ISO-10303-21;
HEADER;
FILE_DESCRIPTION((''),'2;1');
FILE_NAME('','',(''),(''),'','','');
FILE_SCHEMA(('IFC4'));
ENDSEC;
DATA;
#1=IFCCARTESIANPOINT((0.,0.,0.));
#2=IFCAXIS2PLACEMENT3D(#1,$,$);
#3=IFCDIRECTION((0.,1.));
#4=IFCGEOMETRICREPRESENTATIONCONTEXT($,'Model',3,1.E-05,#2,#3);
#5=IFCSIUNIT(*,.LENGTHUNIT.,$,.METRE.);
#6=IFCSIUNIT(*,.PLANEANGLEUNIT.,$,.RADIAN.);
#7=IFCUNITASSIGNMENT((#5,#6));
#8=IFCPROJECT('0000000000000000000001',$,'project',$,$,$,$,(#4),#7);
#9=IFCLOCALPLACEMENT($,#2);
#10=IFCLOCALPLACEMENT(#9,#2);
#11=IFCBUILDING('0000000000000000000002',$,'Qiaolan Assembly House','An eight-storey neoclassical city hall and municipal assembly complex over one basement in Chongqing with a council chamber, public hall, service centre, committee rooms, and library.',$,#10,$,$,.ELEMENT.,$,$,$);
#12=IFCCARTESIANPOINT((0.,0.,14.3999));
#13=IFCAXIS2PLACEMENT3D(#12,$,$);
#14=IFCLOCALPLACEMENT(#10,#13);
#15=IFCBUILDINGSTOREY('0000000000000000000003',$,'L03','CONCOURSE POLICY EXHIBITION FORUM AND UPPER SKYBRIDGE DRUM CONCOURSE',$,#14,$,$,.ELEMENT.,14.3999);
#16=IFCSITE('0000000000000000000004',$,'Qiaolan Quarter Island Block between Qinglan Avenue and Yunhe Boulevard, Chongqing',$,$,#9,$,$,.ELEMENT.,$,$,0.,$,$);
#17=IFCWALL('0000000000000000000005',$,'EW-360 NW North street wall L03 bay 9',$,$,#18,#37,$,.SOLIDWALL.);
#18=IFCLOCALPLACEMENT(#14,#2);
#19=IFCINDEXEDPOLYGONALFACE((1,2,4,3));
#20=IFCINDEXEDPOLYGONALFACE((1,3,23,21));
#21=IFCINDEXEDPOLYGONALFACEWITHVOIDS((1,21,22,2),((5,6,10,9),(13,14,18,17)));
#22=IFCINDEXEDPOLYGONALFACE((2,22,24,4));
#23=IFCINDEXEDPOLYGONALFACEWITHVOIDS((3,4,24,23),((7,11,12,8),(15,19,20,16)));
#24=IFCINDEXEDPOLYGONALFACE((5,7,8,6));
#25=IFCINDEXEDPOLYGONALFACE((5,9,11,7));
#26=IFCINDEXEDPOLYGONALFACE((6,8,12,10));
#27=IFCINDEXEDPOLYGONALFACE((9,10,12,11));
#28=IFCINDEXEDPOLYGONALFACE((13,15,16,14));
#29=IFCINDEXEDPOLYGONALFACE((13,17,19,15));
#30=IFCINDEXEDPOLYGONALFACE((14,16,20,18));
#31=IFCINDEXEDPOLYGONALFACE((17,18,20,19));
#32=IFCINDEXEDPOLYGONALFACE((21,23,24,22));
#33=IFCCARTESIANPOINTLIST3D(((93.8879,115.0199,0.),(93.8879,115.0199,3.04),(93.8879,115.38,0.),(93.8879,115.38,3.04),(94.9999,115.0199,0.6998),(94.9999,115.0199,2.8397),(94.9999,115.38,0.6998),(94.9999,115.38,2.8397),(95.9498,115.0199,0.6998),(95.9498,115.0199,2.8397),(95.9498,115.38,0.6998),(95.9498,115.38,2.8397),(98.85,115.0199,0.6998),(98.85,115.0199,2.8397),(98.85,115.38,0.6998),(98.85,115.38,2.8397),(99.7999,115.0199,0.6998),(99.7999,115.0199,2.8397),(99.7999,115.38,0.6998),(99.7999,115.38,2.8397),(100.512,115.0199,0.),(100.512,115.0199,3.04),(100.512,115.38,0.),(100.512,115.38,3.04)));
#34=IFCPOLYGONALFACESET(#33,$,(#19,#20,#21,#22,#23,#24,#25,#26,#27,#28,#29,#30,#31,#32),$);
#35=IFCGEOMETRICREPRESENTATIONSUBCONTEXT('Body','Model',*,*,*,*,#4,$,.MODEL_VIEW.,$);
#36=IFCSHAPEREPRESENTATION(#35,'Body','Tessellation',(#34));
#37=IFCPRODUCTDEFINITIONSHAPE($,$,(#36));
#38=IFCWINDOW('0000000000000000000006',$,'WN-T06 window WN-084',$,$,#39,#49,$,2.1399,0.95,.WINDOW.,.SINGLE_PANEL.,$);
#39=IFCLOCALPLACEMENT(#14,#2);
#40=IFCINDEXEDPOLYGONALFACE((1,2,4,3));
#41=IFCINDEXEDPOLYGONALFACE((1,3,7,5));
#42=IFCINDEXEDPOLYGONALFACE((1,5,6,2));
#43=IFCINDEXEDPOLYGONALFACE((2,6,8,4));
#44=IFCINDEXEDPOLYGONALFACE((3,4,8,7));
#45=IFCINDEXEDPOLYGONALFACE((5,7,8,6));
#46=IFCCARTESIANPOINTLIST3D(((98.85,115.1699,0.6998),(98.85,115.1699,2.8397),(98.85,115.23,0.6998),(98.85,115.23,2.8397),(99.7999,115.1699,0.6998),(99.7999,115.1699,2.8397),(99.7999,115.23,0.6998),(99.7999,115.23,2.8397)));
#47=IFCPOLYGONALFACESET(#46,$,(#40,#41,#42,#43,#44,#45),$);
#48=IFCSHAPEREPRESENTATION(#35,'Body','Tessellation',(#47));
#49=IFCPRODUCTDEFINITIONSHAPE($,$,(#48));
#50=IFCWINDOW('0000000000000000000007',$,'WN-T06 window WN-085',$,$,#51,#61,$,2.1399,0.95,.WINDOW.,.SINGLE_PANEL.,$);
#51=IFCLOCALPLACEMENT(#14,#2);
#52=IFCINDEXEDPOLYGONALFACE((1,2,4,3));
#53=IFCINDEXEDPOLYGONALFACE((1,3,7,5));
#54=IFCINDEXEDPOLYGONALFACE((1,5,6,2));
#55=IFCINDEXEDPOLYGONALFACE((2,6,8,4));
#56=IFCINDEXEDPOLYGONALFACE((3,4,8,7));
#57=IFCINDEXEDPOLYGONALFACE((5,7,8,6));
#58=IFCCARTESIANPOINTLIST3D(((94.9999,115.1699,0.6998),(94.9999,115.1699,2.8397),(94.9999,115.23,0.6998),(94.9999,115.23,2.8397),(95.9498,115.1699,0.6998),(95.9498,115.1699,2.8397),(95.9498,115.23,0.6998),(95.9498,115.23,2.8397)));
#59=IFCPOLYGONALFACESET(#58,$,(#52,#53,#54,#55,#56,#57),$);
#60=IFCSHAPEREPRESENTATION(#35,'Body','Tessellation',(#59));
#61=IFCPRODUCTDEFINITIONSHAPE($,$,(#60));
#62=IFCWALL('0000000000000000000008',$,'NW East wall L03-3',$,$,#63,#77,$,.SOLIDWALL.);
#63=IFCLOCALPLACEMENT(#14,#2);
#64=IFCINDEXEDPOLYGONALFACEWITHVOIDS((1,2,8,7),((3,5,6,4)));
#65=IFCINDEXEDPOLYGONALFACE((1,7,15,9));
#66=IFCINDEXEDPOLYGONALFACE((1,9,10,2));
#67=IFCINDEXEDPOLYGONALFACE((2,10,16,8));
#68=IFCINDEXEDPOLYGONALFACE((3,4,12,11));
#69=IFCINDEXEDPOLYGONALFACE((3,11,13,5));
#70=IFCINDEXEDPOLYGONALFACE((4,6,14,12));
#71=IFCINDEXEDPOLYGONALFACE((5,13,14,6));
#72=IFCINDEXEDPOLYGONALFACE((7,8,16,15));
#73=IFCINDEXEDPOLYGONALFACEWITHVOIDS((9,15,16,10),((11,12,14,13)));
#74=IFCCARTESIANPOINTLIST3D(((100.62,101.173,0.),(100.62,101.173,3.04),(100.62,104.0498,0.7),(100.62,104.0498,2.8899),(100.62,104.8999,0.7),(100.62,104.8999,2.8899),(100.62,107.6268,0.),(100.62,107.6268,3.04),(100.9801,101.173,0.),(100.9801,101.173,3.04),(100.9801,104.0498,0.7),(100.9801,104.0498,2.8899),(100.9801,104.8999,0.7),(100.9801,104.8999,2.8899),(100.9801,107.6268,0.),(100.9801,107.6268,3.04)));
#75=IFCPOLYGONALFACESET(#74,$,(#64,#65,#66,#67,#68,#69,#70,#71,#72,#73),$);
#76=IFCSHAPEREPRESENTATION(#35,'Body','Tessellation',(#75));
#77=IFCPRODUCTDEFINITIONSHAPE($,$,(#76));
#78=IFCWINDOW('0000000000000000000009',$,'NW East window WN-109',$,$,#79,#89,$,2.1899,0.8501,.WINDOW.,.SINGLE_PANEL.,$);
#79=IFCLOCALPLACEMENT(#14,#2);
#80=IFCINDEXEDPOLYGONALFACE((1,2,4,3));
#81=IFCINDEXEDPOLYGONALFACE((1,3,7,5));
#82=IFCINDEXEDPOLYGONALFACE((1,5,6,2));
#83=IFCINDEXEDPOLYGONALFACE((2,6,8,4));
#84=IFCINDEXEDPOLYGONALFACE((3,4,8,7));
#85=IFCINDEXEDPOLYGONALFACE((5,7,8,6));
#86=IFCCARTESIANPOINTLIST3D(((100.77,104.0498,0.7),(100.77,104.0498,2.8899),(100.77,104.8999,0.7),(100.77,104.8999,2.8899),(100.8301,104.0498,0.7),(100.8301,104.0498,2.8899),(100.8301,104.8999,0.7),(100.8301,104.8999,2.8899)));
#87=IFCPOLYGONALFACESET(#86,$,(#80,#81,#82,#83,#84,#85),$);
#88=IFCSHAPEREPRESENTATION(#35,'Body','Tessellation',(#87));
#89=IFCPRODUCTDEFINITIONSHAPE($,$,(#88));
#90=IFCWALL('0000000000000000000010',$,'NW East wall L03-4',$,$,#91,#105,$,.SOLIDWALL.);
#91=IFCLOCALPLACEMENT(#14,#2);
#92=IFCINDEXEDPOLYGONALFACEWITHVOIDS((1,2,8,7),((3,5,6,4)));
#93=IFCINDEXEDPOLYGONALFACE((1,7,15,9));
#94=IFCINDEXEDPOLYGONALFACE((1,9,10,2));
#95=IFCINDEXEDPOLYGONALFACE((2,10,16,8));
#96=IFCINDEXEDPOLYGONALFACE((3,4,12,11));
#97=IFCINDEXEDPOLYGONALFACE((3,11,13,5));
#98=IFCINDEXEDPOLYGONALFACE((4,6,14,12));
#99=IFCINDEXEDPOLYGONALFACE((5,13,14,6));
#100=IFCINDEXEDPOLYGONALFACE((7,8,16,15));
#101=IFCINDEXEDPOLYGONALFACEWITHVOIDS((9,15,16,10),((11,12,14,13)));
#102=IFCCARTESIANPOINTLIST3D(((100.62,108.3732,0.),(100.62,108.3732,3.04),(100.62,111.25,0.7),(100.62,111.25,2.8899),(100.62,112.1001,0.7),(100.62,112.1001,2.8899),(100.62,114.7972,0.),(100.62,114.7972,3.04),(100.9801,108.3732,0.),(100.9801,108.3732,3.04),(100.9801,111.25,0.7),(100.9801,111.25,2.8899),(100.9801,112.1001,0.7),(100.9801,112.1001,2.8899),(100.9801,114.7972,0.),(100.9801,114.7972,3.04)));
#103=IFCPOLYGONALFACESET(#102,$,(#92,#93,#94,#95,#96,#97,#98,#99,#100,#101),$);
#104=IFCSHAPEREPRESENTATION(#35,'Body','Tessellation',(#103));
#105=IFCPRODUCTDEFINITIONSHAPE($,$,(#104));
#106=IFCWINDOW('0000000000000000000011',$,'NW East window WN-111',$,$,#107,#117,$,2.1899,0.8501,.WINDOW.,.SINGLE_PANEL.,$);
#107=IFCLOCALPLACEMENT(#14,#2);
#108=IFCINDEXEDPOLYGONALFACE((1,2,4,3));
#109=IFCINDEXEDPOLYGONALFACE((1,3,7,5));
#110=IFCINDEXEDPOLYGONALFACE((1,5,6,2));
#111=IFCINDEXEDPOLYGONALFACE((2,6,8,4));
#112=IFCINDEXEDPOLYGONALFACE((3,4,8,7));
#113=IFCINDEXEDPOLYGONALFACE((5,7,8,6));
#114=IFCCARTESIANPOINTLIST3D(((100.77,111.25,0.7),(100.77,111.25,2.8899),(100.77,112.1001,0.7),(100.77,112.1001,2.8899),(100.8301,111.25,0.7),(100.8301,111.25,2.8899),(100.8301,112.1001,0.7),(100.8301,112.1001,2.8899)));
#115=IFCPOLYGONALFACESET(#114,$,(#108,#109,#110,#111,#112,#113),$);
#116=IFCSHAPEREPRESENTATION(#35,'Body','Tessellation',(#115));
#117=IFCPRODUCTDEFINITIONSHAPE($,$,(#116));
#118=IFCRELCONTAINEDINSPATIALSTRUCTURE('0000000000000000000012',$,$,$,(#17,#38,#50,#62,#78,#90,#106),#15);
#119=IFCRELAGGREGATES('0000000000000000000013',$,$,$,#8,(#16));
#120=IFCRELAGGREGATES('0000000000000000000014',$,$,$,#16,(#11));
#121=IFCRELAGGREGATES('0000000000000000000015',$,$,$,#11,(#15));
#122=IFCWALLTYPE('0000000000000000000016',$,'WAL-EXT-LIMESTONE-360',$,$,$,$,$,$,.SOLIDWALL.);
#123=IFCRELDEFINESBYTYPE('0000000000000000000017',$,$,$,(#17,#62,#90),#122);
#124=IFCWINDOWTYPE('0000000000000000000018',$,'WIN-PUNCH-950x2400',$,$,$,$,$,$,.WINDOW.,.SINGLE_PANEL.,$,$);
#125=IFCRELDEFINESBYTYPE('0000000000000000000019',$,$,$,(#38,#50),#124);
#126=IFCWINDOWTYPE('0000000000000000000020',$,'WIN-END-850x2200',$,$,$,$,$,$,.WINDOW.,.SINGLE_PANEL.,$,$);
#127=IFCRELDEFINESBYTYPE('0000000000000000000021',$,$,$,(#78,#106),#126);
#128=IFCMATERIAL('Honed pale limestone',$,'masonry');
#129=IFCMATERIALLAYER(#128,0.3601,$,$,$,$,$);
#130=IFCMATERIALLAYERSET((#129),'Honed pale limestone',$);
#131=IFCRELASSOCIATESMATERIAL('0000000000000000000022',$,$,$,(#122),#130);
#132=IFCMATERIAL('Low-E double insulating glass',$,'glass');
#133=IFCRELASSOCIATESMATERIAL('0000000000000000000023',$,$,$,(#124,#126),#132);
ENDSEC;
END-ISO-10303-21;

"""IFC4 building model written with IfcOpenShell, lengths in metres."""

from ifc_helpers import new_model, si_unit, direction, frame, frame_2d, origin, place, context, subcontext, project, spatial, rectangle, extrude, material, layer, layer_set, type_object, element, fill, save


model = new_model("IFC4")

# Units and contexts
model_context = context("Model", 3, precision=1e-05, world=origin(), true_north=direction((0.0, 1.0)))
body_context = subcontext(model_context, "Body", "Model", "MODEL_VIEW")
ifc_project = project(units=[si_unit("LENGTHUNIT", "METRE"), si_unit("PLANEANGLEUNIT", "RADIAN")], contexts=[model_context])

# Site, building, storey
site_placement = place(None, origin())
site = spatial("IfcSite", under=ifc_project, at=site_placement, Name="Qiaolan Quarter Island Block between Qinglan Avenue and Yunhe Boulevard, Chongqing", CompositionType="ELEMENT", RefElevation=0.0)
building_placement = place(site_placement, origin())
building = spatial("IfcBuilding", under=site, at=building_placement, Name="Qiaolan Assembly House", Description="An eight-storey neoclassical city hall and municipal assembly complex over one basement in Chongqing with a council chamber, public hall, service centre, committee rooms, and library.", CompositionType="ELEMENT")
storey_placement = place(building_placement, frame((0.0, 0.0, 14.3999)))
storey = spatial("IfcBuildingStorey", under=building, at=storey_placement, Name="L03", Description="CONCOURSE POLICY EXHIBITION FORUM AND UPPER SKYBRIDGE DRUM CONCOURSE", CompositionType="ELEMENT", Elevation=14.3999)

# Wall, openings, windows
ifc_material_1 = material(Name="Honed pale limestone", Category="masonry")
ifc_layer = layer(ifc_material_1, 0.3601)
ifc_layer_set = layer_set([ifc_layer], Name="Honed pale limestone")
wall_type = type_object("IfcWallType", Name="WAL-EXT-LIMESTONE-360", PredefinedType="SOLIDWALL", material=ifc_layer_set)
wall_1_placement = place(storey_placement, frame((100.512, 115.2, 0.0), z_axis=(0.0, 0.0, 1.0), x_axis=(-1.0, 0.0, 0.0)))
wall_1 = element("IfcWall", 1, at=wall_1_placement, inside=storey, type_object=wall_type, Name="EW-360 NW North street wall L03 bay 9", PredefinedType="SOLIDWALL", context=body_context, shape_type="SweptSolid", body=[
    extrude(rectangle(XDim=6.624, YDim=0.3601, at=frame_2d((3.312, 0.0))), origin(), (0.0, 0.0, 1.0), 3.04),
])
opening_1_placement = place(wall_1_placement, frame((0.7119, 0.0, 0.7)))
opening_1 = element("IfcOpeningElement", 2, at=opening_1_placement, cuts=wall_1, PredefinedType="OPENING", context=body_context, shape_type="SweptSolid", body=[
    extrude(rectangle(XDim=0.95, YDim=2.1399, at=frame_2d((0.4751, 1.0698))), frame((0.0, 0.1899, 0.0), z_axis=(0.0, -1.0, 0.0), x_axis=(1.0, 0.0, 0.0)), (0.0, 0.0, 1.0), 0.3801),
])
opening_2_placement = place(wall_1_placement, frame((4.562, 0.0, 0.7)))
opening_2 = element("IfcOpeningElement", 3, at=opening_2_placement, cuts=wall_1, PredefinedType="OPENING", context=body_context, shape_type="SweptSolid", body=[
    extrude(rectangle(XDim=0.95, YDim=2.1399, at=frame_2d((0.4751, 1.0698))), frame((0.0, 0.1899, 0.0), z_axis=(0.0, -1.0, 0.0), x_axis=(1.0, 0.0, 0.0)), (0.0, 0.0, 1.0), 0.3801),
])
ifc_material_2 = material(Name="Low-E double insulating glass", Category="glass")
window_type_1 = type_object("IfcWindowType", Name="WIN-PUNCH-950x2400", PartitioningType="SINGLE_PANEL", PredefinedType="WINDOW", material=ifc_material_2)
window_1_placement = place(opening_1_placement, origin())
window_1 = element("IfcWindow", 4, at=window_1_placement, inside=storey, type_object=window_type_1, Name="WN-T06 window WN-084", OverallHeight=2.1399, OverallWidth=0.95, PartitioningType="SINGLE_PANEL", PredefinedType="WINDOW", context=body_context, shape_type="SweptSolid", body=[
    extrude(rectangle(XDim=0.95, YDim=2.1399, at=frame_2d((0.4751, 1.0698))), frame((0.0, 0.03, 0.0), z_axis=(0.0, -1.0, 0.0), x_axis=(1.0, 0.0, 0.0)), (0.0, 0.0, 1.0), 0.0601),
])
fill(opening_1, window_1)
window_2_placement = place(opening_2_placement, origin())
window_2 = element("IfcWindow", 5, at=window_2_placement, inside=storey, type_object=window_type_1, Name="WN-T06 window WN-085", OverallHeight=2.1399, OverallWidth=0.95, PartitioningType="SINGLE_PANEL", PredefinedType="WINDOW", context=body_context, shape_type="SweptSolid", body=[
    extrude(rectangle(XDim=0.95, YDim=2.1399, at=frame_2d((0.4751, 1.0698))), frame((0.0, 0.03, 0.0), z_axis=(0.0, -1.0, 0.0), x_axis=(1.0, 0.0, 0.0)), (0.0, 0.0, 1.0), 0.0601),
])
fill(opening_2, window_2)

# Walls, openings, windows
wall_2_placement = place(storey_placement, frame((100.8, 107.627, 0.0), z_axis=(0.0, 0.0, 1.0), x_axis=(0.0, -1.0, 0.0)))
wall_2 = element("IfcWall", 6, at=wall_2_placement, inside=storey, type_object=wall_type, Name="NW East wall L03-3", PredefinedType="SOLIDWALL", context=body_context, shape_type="SweptSolid", body=[
    extrude(rectangle(XDim=6.4539, YDim=0.3601, at=frame_2d((3.2271, 0.0))), origin(), (0.0, 0.0, 1.0), 3.04),
])
opening_3_placement = place(wall_2_placement, frame((2.7271, 0.0, 0.7)))
opening_3 = element("IfcOpeningElement", 7, at=opening_3_placement, cuts=wall_2, PredefinedType="OPENING", context=body_context, shape_type="SweptSolid", body=[
    extrude(rectangle(XDim=0.8501, YDim=2.1899, at=frame_2d((0.425, 1.095))), frame((0.0, 0.1899, 0.0), z_axis=(0.0, -1.0, 0.0), x_axis=(1.0, 0.0, 0.0)), (0.0, 0.0, 1.0), 0.3801),
])
window_type_2 = type_object("IfcWindowType", Name="WIN-END-850x2200", PartitioningType="SINGLE_PANEL", PredefinedType="WINDOW", material=ifc_material_2)
window_3_placement = place(opening_3_placement, origin())
window_3 = element("IfcWindow", 8, at=window_3_placement, inside=storey, type_object=window_type_2, Name="NW East window WN-109", OverallHeight=2.1899, OverallWidth=0.8501, PartitioningType="SINGLE_PANEL", PredefinedType="WINDOW", context=body_context, shape_type="SweptSolid", body=[
    extrude(rectangle(XDim=0.8501, YDim=2.1899, at=frame_2d((0.425, 1.095))), frame((0.0, 0.03, 0.0), z_axis=(0.0, -1.0, 0.0), x_axis=(1.0, 0.0, 0.0)), (0.0, 0.0, 1.0), 0.0601),
])
fill(opening_3, window_3)
wall_3_placement = place(storey_placement, frame((100.8, 114.7971, 0.0), z_axis=(0.0, 0.0, 1.0), x_axis=(0.0, -1.0, 0.0)))
wall_3 = element("IfcWall", 9, at=wall_3_placement, inside=storey, type_object=wall_type, Name="NW East wall L03-4", PredefinedType="SOLIDWALL", context=body_context, shape_type="SweptSolid", body=[
    extrude(rectangle(XDim=6.4241, YDim=0.3601, at=frame_2d((3.2119, 0.0))), origin(), (0.0, 0.0, 1.0), 3.04),
])
opening_4_placement = place(wall_3_placement, frame((2.697, 0.0, 0.7)))
opening_4 = element("IfcOpeningElement", 10, at=opening_4_placement, cuts=wall_3, PredefinedType="OPENING", context=body_context, shape_type="SweptSolid", body=[
    extrude(rectangle(XDim=0.8501, YDim=2.1899, at=frame_2d((0.425, 1.095))), frame((0.0, 0.1899, 0.0), z_axis=(0.0, -1.0, 0.0), x_axis=(1.0, 0.0, 0.0)), (0.0, 0.0, 1.0), 0.3801),
])
window_4_placement = place(opening_4_placement, origin())
window_4 = element("IfcWindow", 11, at=window_4_placement, inside=storey, type_object=window_type_2, Name="NW East window WN-111", OverallHeight=2.1899, OverallWidth=0.8501, PartitioningType="SINGLE_PANEL", PredefinedType="WINDOW", context=body_context, shape_type="SweptSolid", body=[
    extrude(rectangle(XDim=0.8501, YDim=2.1899, at=frame_2d((0.425, 1.095))), frame((0.0, 0.03, 0.0), z_axis=(0.0, -1.0, 0.0), x_axis=(1.0, 0.0, 0.0)), (0.0, 0.0, 1.0), 0.0601),
])
fill(opening_4, window_4)

save(model, "model.ifc")
